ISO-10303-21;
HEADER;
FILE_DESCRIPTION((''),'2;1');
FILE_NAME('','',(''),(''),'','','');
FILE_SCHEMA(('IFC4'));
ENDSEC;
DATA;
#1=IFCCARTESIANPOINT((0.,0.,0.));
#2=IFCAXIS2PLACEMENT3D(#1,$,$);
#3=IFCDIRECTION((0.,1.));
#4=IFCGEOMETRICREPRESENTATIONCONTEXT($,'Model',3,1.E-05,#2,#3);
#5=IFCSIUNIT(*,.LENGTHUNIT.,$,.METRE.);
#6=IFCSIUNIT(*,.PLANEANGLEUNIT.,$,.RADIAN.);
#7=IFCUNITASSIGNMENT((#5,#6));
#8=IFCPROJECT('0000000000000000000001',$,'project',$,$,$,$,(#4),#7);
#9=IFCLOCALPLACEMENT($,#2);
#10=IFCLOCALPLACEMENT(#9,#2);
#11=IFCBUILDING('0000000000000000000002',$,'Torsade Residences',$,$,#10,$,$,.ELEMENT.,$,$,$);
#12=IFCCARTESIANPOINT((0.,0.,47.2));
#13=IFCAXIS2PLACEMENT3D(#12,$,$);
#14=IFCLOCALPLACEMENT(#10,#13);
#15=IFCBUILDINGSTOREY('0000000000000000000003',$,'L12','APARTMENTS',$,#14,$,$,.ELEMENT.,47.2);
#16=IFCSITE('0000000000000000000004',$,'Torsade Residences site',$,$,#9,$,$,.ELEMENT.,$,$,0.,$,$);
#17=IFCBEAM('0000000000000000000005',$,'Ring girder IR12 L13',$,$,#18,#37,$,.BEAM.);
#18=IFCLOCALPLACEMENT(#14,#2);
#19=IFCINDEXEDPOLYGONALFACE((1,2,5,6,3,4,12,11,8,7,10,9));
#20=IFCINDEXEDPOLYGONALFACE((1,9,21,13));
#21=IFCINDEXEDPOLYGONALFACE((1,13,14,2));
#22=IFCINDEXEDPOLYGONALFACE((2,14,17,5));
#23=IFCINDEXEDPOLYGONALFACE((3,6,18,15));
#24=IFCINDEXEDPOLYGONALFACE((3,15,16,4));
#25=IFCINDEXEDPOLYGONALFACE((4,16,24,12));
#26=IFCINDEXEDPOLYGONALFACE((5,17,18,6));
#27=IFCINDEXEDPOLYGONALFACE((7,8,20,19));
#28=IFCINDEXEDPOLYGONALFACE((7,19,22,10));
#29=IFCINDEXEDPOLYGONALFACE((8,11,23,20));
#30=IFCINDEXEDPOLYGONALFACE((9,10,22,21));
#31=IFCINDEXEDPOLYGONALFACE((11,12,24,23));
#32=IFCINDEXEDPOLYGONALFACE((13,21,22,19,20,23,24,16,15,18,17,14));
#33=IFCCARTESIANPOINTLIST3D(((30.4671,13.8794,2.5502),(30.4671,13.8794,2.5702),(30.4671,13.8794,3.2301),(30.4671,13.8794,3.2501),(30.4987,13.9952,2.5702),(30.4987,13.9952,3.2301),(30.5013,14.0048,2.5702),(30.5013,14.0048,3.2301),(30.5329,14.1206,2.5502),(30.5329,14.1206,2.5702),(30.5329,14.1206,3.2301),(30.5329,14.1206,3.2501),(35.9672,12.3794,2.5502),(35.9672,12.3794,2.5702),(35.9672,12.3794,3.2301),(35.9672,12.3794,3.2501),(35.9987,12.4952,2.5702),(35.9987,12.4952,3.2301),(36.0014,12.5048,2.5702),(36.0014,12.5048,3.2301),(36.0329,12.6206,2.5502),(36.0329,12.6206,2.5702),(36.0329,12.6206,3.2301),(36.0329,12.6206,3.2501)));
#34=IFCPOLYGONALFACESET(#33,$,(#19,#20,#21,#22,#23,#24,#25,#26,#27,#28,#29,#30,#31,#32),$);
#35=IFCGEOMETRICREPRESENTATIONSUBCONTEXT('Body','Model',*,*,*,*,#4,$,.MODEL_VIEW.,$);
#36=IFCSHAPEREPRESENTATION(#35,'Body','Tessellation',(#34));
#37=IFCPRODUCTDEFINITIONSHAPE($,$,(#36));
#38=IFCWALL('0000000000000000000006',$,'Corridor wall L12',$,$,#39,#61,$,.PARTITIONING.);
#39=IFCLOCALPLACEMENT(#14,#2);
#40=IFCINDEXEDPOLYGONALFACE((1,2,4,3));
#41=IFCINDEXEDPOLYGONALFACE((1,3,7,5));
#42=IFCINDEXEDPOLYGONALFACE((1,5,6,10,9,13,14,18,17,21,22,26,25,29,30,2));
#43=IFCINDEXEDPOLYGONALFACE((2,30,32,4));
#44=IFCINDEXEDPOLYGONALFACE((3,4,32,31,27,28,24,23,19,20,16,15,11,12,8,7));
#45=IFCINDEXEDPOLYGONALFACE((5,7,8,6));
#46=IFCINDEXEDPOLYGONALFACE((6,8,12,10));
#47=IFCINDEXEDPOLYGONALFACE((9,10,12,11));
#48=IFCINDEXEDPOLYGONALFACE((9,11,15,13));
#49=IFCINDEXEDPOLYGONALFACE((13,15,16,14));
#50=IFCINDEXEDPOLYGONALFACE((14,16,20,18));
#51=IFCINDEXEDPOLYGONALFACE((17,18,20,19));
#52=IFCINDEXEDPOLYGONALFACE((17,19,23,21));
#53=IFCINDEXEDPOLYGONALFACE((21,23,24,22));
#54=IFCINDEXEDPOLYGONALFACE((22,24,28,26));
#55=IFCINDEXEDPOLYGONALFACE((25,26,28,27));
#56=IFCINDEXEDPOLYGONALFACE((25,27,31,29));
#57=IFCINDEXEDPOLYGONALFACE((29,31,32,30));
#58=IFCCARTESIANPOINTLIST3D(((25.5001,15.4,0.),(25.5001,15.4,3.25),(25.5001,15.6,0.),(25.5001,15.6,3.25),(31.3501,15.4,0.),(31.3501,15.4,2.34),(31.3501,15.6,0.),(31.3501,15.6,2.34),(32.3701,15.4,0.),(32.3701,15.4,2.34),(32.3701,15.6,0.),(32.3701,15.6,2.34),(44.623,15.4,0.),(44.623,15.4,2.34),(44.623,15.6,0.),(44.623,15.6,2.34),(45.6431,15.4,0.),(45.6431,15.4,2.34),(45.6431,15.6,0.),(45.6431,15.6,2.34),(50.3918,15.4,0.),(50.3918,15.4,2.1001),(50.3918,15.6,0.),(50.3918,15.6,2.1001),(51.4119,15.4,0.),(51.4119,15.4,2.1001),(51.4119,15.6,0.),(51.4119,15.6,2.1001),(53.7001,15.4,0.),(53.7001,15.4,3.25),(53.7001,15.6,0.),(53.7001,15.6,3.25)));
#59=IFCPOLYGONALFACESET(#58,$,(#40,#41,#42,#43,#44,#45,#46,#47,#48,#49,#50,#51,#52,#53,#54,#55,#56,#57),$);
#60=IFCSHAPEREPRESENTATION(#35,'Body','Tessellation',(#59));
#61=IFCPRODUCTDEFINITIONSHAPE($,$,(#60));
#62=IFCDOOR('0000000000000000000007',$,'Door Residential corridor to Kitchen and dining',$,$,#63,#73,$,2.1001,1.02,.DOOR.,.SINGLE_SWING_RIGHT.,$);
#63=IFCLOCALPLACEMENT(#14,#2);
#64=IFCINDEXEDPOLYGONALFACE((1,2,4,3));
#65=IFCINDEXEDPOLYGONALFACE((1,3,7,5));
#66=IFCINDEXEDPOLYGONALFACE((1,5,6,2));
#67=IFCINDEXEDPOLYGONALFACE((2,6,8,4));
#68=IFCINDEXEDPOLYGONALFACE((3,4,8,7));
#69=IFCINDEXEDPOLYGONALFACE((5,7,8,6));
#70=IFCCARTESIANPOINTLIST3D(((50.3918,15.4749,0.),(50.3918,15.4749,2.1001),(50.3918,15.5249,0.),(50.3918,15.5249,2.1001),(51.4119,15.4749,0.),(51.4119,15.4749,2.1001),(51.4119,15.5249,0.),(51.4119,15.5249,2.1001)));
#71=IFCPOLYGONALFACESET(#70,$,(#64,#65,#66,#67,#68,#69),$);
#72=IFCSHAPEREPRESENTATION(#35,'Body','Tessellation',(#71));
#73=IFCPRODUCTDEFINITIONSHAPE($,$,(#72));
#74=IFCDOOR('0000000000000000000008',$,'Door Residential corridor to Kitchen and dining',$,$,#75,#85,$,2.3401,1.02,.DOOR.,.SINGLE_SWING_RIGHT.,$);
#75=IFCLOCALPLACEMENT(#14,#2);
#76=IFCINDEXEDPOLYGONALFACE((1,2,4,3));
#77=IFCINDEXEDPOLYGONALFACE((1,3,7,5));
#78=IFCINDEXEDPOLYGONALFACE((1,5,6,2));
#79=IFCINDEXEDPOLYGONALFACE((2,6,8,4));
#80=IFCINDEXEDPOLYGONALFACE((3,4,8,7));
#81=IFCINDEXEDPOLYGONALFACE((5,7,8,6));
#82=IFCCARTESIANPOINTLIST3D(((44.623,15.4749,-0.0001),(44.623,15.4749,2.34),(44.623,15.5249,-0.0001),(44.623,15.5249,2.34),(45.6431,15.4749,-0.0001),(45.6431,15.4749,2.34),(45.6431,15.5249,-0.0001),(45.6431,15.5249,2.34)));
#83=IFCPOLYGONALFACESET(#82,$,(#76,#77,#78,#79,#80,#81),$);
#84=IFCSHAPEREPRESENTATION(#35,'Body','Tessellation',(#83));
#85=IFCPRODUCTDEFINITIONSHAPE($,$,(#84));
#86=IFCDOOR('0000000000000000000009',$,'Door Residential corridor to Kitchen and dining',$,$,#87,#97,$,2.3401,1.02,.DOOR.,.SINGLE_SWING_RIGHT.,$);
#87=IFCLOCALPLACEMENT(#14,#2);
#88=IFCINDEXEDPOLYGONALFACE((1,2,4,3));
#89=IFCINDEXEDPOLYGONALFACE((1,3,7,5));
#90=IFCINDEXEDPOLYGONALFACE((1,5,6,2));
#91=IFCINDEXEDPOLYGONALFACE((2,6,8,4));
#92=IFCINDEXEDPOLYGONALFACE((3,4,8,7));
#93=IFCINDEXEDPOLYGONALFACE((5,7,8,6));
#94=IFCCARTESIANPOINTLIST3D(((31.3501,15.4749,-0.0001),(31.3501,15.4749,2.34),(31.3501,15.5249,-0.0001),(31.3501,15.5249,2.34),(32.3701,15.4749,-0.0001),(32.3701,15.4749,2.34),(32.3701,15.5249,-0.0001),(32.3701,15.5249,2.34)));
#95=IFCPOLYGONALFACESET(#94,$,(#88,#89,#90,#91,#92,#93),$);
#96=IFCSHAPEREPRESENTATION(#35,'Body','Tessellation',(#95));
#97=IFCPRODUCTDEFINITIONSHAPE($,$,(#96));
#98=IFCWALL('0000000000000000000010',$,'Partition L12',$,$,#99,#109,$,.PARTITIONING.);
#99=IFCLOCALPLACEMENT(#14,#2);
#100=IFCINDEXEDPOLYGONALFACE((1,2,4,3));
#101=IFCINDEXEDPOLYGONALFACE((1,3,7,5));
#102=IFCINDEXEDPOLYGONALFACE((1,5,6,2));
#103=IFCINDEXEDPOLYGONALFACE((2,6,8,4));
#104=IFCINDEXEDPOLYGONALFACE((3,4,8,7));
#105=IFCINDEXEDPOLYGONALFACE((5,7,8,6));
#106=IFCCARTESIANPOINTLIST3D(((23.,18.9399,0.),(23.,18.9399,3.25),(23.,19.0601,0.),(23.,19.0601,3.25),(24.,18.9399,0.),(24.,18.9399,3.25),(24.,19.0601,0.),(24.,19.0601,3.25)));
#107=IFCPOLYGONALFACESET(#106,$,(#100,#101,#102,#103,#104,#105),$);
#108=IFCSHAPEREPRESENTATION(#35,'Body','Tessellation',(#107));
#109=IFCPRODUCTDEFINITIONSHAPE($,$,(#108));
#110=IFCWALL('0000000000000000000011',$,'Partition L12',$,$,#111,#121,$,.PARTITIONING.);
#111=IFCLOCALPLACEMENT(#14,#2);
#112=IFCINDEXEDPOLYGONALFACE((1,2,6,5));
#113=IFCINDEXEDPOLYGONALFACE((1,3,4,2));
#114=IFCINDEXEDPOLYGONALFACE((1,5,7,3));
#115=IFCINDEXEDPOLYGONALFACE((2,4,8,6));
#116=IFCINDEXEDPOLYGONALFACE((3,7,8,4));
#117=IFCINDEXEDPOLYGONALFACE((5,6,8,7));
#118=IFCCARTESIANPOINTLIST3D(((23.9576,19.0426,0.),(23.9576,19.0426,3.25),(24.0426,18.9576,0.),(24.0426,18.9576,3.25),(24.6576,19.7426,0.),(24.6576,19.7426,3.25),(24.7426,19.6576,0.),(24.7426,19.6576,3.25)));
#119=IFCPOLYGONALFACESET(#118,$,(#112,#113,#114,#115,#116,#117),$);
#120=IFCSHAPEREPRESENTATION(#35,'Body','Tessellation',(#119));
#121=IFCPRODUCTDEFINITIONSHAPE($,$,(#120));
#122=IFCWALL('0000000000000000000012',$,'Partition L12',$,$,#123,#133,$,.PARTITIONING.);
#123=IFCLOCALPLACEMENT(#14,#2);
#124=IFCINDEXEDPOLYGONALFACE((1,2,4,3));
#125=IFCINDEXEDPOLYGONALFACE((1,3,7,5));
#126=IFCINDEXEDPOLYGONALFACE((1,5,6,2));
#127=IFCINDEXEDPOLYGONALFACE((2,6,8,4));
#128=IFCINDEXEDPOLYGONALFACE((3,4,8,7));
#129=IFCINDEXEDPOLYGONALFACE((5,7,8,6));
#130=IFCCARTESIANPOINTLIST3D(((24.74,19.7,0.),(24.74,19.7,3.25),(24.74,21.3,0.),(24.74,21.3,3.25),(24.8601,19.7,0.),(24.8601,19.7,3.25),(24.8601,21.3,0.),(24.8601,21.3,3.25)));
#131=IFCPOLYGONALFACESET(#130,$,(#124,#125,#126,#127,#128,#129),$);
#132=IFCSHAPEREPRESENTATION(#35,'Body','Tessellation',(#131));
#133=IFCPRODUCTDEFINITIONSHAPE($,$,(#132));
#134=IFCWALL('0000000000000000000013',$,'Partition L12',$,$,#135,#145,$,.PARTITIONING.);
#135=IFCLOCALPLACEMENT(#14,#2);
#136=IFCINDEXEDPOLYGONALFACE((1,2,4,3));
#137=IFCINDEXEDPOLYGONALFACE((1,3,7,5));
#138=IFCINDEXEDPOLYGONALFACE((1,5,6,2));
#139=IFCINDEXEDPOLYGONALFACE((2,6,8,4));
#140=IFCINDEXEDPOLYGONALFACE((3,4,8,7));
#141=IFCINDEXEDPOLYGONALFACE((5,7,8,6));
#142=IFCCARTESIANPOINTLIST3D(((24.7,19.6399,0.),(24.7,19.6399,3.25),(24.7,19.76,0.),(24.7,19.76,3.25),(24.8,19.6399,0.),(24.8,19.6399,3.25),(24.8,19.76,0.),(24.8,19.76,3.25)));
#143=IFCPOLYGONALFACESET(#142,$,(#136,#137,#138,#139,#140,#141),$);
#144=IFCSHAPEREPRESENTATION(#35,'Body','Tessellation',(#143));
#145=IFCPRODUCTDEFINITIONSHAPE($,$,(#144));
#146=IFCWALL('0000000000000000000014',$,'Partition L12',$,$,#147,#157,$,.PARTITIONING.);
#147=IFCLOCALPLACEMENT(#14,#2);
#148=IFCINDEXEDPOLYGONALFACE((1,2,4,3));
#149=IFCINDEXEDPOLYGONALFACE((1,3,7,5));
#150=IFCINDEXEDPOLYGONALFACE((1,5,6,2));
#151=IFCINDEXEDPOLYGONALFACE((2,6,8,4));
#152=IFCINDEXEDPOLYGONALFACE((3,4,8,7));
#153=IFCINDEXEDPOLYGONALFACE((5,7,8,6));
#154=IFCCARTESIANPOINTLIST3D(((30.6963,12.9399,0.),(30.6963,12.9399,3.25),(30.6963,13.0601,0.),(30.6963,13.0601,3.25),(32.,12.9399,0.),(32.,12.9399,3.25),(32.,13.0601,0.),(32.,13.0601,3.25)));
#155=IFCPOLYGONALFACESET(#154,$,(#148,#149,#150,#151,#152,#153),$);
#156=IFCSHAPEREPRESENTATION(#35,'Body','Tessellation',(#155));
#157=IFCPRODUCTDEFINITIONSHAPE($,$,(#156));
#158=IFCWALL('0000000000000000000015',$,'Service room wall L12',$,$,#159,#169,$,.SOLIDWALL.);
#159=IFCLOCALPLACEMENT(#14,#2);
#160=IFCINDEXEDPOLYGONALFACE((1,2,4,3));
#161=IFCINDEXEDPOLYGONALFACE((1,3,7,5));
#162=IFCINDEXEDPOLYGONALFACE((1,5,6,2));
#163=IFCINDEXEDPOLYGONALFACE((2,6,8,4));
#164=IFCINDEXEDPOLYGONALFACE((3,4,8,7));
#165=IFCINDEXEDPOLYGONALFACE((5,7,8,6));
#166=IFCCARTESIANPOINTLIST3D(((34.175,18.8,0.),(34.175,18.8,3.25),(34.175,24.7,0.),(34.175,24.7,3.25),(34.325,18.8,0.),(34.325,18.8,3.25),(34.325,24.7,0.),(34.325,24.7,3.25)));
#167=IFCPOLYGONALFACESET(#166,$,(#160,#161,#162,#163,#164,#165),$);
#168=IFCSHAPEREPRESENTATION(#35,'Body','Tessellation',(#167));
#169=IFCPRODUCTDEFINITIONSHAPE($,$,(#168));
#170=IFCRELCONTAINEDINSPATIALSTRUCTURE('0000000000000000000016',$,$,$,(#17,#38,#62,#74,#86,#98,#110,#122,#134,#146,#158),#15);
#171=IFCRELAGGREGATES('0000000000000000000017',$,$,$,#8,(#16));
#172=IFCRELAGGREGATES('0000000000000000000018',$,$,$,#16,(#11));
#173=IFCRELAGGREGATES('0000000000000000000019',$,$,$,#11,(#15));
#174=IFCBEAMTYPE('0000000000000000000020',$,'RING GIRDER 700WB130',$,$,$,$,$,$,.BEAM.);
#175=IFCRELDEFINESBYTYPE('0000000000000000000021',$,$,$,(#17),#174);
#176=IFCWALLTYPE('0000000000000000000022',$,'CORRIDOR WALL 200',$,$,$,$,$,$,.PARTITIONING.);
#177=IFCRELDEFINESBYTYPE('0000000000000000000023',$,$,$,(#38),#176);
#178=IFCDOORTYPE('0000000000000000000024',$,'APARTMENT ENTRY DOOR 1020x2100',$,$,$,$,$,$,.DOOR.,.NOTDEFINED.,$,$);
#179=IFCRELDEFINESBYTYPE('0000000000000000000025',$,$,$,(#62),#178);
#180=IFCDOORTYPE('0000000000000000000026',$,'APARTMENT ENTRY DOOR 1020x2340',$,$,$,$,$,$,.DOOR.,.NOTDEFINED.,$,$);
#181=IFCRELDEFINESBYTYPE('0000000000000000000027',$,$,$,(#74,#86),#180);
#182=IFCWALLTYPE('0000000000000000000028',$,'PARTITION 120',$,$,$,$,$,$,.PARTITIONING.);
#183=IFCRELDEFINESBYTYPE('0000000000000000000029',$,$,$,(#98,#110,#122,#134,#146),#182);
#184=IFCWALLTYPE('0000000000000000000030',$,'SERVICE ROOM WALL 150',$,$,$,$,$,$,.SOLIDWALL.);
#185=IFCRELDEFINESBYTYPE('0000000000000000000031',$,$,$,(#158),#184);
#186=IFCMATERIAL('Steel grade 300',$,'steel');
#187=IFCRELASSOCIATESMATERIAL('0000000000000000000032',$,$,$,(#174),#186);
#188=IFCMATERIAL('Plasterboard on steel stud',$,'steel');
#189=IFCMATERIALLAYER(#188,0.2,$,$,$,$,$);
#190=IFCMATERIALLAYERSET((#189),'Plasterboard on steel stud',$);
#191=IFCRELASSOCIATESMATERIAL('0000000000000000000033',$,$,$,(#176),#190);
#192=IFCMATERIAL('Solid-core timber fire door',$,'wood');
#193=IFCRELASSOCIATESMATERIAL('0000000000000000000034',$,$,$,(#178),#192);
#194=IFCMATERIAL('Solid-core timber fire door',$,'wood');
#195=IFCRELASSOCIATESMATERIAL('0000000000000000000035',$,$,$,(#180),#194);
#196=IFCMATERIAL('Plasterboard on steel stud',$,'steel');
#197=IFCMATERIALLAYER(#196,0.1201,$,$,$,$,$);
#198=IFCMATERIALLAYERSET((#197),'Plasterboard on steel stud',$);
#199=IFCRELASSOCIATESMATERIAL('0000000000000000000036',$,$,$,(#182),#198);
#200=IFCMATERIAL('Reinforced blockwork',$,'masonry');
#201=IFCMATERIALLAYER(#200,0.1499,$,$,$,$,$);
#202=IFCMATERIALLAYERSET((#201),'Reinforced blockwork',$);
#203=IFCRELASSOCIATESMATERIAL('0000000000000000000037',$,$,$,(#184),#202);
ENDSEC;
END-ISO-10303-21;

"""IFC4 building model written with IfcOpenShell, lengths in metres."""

from ifc_helpers import new_model, si_unit, direction, frame, frame_2d, origin, origin_2d, place, context, subcontext, project, spatial, rectangle, i_section, extrude, material, layer, layer_set, material_profile, profile_set, type_object, element, fill, save


model = new_model("IFC4")

# Units and contexts
model_context = context("Model", 3, precision=1e-05, world=origin(), true_north=direction((0.0, 1.0)))
body_context = subcontext(model_context, "Body", "Model", "MODEL_VIEW")
ifc_project = project(units=[si_unit("LENGTHUNIT", "METRE"), si_unit("PLANEANGLEUNIT", "RADIAN")], contexts=[model_context])

# Site, building, storey
site_placement = place(None, origin())
site = spatial("IfcSite", under=ifc_project, at=site_placement, Name="Torsade Residences site", CompositionType="ELEMENT", RefElevation=0.0)
building_placement = place(site_placement, origin())
building = spatial("IfcBuilding", under=site, at=building_placement, Name="Torsade Residences", CompositionType="ELEMENT")
storey_placement = place(building_placement, frame((0.0, 0.0, 47.2)))
storey = spatial("IfcBuildingStorey", under=building, at=storey_placement, Name="L12", Description="APARTMENTS", CompositionType="ELEMENT", Elevation=47.2)

# Beam
ifc_material_1 = material(Name="Steel grade 300", Category="steel")
ifc_material_profile_1 = material_profile(ifc_material_1, i_section(OverallWidth=0.25, OverallDepth=0.7, WebThickness=0.01, FlangeThickness=0.02, at=origin_2d()), Name="700WB130")
ifc_profile_set_1 = profile_set([ifc_material_profile_1], Name="Steel grade 300")
beam_type_1 = type_object("IfcBeamType", Name="RING GIRDER 700WB130", PredefinedType="BEAM", material=ifc_profile_set_1)
beam_1_placement = place(storey_placement, frame((30.5, 14.0, 2.9001), z_axis=(0.964764, -0.263117, 0.0), x_axis=(0.263117, 0.964764, 0.0)))
element("IfcBeam", 1, at=beam_1_placement, inside=storey, type_object=beam_type_1, Name="Ring girder IR12 L13", PredefinedType="BEAM", context=body_context, shape_type="SweptSolid", body=[
    extrude(i_section(OverallWidth=0.25, OverallDepth=0.7, WebThickness=0.01, FlangeThickness=0.02, at=origin_2d()), origin(), (0.0, 0.0, 1.0), 5.7009),
])

# Wall, openings, doors
ifc_material_2 = material(Name="Plasterboard on steel stud", Category="steel")
ifc_layer_1 = layer(ifc_material_2, 0.2)
ifc_layer_set_1 = layer_set([ifc_layer_1], Name="Plasterboard on steel stud")
wall_type_1 = type_object("IfcWallType", Name="CORRIDOR WALL 200", PredefinedType="PARTITIONING", material=ifc_layer_set_1)
wall_1_placement = place(storey_placement, frame((25.5, 15.5, 0.0), z_axis=(0.0, 0.0, 1.0), x_axis=(1.0, 0.0, 0.0)))
wall_1 = element("IfcWall", 2, at=wall_1_placement, inside=storey, type_object=wall_type_1, Name="Corridor wall L12", PredefinedType="PARTITIONING", context=body_context, shape_type="SweptSolid", body=[
    extrude(rectangle(XDim=28.2, YDim=0.2, at=frame_2d((14.1001, 0.0))), origin(), (0.0, 0.0, 1.0), 3.25),
])
opening_1_placement = place(wall_1_placement, frame((19.123, 0.0, 0.0)))
opening_1 = element("IfcOpeningElement", 3, at=opening_1_placement, cuts=wall_1, PredefinedType="OPENING", context=body_context, shape_type="SweptSolid", body=[
    extrude(rectangle(XDim=1.02, YDim=2.3401, at=frame_2d((0.51, 1.1699))), frame((0.0, 0.1099, 0.0), z_axis=(0.0, -1.0, 0.0), x_axis=(1.0, 0.0, 0.0)), (0.0, 0.0, 1.0), 0.22),
])
opening_2_placement = place(wall_1_placement, frame((5.8501, 0.0, 0.0)))
opening_2 = element("IfcOpeningElement", 4, at=opening_2_placement, cuts=wall_1, PredefinedType="OPENING", context=body_context, shape_type="SweptSolid", body=[
    extrude(rectangle(XDim=1.02, YDim=2.3401, at=frame_2d((0.51, 1.1699))), frame((0.0, 0.1099, 0.0), z_axis=(0.0, -1.0, 0.0), x_axis=(1.0, 0.0, 0.0)), (0.0, 0.0, 1.0), 0.22),
])
opening_3_placement = place(wall_1_placement, frame((24.8918, 0.0, 0.0)))
opening_3 = element("IfcOpeningElement", 5, at=opening_3_placement, cuts=wall_1, PredefinedType="OPENING", context=body_context, shape_type="SweptSolid", body=[
    extrude(rectangle(XDim=1.02, YDim=2.1001, at=frame_2d((0.51, 1.05))), frame((0.0, 0.1099, 0.0), z_axis=(0.0, -1.0, 0.0), x_axis=(1.0, 0.0, 0.0)), (0.0, 0.0, 1.0), 0.22),
])
ifc_material_3 = material(Name="Solid-core timber fire door", Category="wood")
door_type_1 = type_object("IfcDoorType", Name="APARTMENT ENTRY DOOR 1020x2100", OperationType="NOTDEFINED", PredefinedType="DOOR", material=ifc_material_3)
door_1_placement = place(opening_3_placement, origin())
door_1 = element("IfcDoor", 6, at=door_1_placement, inside=storey, type_object=door_type_1, Name="Door Residential corridor to Kitchen and dining", OperationType="SINGLE_SWING_RIGHT", OverallHeight=2.1001, OverallWidth=1.02, PredefinedType="DOOR", context=body_context, shape_type="SweptSolid", body=[
    extrude(rectangle(XDim=1.02, YDim=2.1001, at=frame_2d((0.51, 1.05))), frame((0.0, 0.0249, 0.0), z_axis=(0.0, -1.0, 0.0), x_axis=(1.0, 0.0, 0.0)), (0.0, 0.0, 1.0), 0.05),
])
fill(opening_3, door_1)
ifc_material_4 = material(Name="Solid-core timber fire door", Category="wood")
door_type_2 = type_object("IfcDoorType", Name="APARTMENT ENTRY DOOR 1020x2340", OperationType="NOTDEFINED", PredefinedType="DOOR", material=ifc_material_4)
door_2_placement = place(opening_1_placement, origin())
door_2 = element("IfcDoor", 7, at=door_2_placement, inside=storey, type_object=door_type_2, Name="Door Residential corridor to Kitchen and dining", OperationType="SINGLE_SWING_RIGHT", OverallHeight=2.3401, OverallWidth=1.02, PredefinedType="DOOR", context=body_context, shape_type="SweptSolid", body=[
    extrude(rectangle(XDim=1.02, YDim=2.3401, at=frame_2d((0.51, 1.1699))), frame((0.0, 0.0249, 0.0), z_axis=(0.0, -1.0, 0.0), x_axis=(1.0, 0.0, 0.0)), (0.0, 0.0, 1.0), 0.05),
])
fill(opening_1, door_2)
door_3_placement = place(opening_2_placement, origin())
door_3 = element("IfcDoor", 8, at=door_3_placement, inside=storey, type_object=door_type_2, Name="Door Residential corridor to Kitchen and dining", OperationType="SINGLE_SWING_RIGHT", OverallHeight=2.3401, OverallWidth=1.02, PredefinedType="DOOR", context=body_context, shape_type="SweptSolid", body=[
    extrude(rectangle(XDim=1.02, YDim=2.3401, at=frame_2d((0.51, 1.1699))), frame((0.0, 0.0249, 0.0), z_axis=(0.0, -1.0, 0.0), x_axis=(1.0, 0.0, 0.0)), (0.0, 0.0, 1.0), 0.05),
])
fill(opening_2, door_3)

# Walls
ifc_material_5 = material(Name="Plasterboard on steel stud", Category="steel")
ifc_layer_2 = layer(ifc_material_5, 0.1201)
ifc_layer_set_2 = layer_set([ifc_layer_2], Name="Plasterboard on steel stud")
wall_type_2 = type_object("IfcWallType", Name="PARTITION 120", PredefinedType="PARTITIONING", material=ifc_layer_set_2)
wall_2_placement = place(storey_placement, frame((23.0, 19.0, 0.0), z_axis=(0.0, 0.0, 1.0), x_axis=(1.0, 0.0, 0.0)))
element("IfcWall", 9, at=wall_2_placement, inside=storey, type_object=wall_type_2, Name="Partition L12", PredefinedType="PARTITIONING", context=body_context, shape_type="SweptSolid", body=[
    extrude(rectangle(XDim=1.0, YDim=0.1201, at=frame_2d((0.5, 0.0))), origin(), (0.0, 0.0, 1.0), 3.25),
])
wall_3_placement = place(storey_placement, frame((24.0, 19.0, 0.0), z_axis=(0.0, 0.0, 1.0), x_axis=(0.707107, 0.707107, 0.0)))
element("IfcWall", 10, at=wall_3_placement, inside=storey, type_object=wall_type_2, Name="Partition L12", PredefinedType="PARTITIONING", context=body_context, shape_type="SweptSolid", body=[
    extrude(rectangle(XDim=0.99, YDim=0.1201, at=frame_2d((0.4951, 0.0))), origin(), (0.0, 0.0, 1.0), 3.25),
])
wall_4_placement = place(storey_placement, frame((24.8, 19.7, 0.0), z_axis=(0.0, 0.0, 1.0), x_axis=(0.0, 1.0, 0.0)))
element("IfcWall", 11, at=wall_4_placement, inside=storey, type_object=wall_type_2, Name="Partition L12", PredefinedType="PARTITIONING", context=body_context, shape_type="SweptSolid", body=[
    extrude(rectangle(XDim=1.6001, YDim=0.1201, at=frame_2d((0.8, 0.0))), origin(), (0.0, 0.0, 1.0), 3.25),
])
wall_5_placement = place(storey_placement, frame((24.8, 19.7, 0.0), z_axis=(0.0, 0.0, 1.0), x_axis=(-1.0, 0.0, 0.0)))
element("IfcWall", 12, at=wall_5_placement, inside=storey, type_object=wall_type_2, Name="Partition L12", PredefinedType="PARTITIONING", context=body_context, shape_type="SweptSolid", body=[
    extrude(rectangle(XDim=0.1001, YDim=0.1201, at=frame_2d((0.05, 0.0))), origin(), (0.0, 0.0, 1.0), 3.25),
])
wall_6_placement = place(storey_placement, frame((32.0, 13.0, 0.0), z_axis=(0.0, 0.0, 1.0), x_axis=(-1.0, 0.0, 0.0)))
element("IfcWall", 13, at=wall_6_placement, inside=storey, type_object=wall_type_2, Name="Partition L12", PredefinedType="PARTITIONING", context=body_context, shape_type="SweptSolid", body=[
    extrude(rectangle(XDim=1.3037, YDim=0.1201, at=frame_2d((0.6519, 0.0))), origin(), (0.0, 0.0, 1.0), 3.25),
])
ifc_material_6 = material(Name="Reinforced blockwork", Category="masonry")
ifc_layer_3 = layer(ifc_material_6, 0.1499)
ifc_layer_set_3 = layer_set([ifc_layer_3], Name="Reinforced blockwork")
wall_type_3 = type_object("IfcWallType", Name="SERVICE ROOM WALL 150", PredefinedType="SOLIDWALL", material=ifc_layer_set_3)
wall_7_placement = place(storey_placement, frame((34.25, 18.8, 0.0), z_axis=(0.0, 0.0, 1.0), x_axis=(0.0, 1.0, 0.0)))
element("IfcWall", 14, at=wall_7_placement, inside=storey, type_object=wall_type_3, Name="Service room wall L12", PredefinedType="SOLIDWALL", context=body_context, shape_type="SweptSolid", body=[
    extrude(rectangle(XDim=5.8999, YDim=0.1499, at=frame_2d((2.95, 0.0))), origin(), (0.0, 0.0, 1.0), 3.25),
])

save(model, "model.ifc")
